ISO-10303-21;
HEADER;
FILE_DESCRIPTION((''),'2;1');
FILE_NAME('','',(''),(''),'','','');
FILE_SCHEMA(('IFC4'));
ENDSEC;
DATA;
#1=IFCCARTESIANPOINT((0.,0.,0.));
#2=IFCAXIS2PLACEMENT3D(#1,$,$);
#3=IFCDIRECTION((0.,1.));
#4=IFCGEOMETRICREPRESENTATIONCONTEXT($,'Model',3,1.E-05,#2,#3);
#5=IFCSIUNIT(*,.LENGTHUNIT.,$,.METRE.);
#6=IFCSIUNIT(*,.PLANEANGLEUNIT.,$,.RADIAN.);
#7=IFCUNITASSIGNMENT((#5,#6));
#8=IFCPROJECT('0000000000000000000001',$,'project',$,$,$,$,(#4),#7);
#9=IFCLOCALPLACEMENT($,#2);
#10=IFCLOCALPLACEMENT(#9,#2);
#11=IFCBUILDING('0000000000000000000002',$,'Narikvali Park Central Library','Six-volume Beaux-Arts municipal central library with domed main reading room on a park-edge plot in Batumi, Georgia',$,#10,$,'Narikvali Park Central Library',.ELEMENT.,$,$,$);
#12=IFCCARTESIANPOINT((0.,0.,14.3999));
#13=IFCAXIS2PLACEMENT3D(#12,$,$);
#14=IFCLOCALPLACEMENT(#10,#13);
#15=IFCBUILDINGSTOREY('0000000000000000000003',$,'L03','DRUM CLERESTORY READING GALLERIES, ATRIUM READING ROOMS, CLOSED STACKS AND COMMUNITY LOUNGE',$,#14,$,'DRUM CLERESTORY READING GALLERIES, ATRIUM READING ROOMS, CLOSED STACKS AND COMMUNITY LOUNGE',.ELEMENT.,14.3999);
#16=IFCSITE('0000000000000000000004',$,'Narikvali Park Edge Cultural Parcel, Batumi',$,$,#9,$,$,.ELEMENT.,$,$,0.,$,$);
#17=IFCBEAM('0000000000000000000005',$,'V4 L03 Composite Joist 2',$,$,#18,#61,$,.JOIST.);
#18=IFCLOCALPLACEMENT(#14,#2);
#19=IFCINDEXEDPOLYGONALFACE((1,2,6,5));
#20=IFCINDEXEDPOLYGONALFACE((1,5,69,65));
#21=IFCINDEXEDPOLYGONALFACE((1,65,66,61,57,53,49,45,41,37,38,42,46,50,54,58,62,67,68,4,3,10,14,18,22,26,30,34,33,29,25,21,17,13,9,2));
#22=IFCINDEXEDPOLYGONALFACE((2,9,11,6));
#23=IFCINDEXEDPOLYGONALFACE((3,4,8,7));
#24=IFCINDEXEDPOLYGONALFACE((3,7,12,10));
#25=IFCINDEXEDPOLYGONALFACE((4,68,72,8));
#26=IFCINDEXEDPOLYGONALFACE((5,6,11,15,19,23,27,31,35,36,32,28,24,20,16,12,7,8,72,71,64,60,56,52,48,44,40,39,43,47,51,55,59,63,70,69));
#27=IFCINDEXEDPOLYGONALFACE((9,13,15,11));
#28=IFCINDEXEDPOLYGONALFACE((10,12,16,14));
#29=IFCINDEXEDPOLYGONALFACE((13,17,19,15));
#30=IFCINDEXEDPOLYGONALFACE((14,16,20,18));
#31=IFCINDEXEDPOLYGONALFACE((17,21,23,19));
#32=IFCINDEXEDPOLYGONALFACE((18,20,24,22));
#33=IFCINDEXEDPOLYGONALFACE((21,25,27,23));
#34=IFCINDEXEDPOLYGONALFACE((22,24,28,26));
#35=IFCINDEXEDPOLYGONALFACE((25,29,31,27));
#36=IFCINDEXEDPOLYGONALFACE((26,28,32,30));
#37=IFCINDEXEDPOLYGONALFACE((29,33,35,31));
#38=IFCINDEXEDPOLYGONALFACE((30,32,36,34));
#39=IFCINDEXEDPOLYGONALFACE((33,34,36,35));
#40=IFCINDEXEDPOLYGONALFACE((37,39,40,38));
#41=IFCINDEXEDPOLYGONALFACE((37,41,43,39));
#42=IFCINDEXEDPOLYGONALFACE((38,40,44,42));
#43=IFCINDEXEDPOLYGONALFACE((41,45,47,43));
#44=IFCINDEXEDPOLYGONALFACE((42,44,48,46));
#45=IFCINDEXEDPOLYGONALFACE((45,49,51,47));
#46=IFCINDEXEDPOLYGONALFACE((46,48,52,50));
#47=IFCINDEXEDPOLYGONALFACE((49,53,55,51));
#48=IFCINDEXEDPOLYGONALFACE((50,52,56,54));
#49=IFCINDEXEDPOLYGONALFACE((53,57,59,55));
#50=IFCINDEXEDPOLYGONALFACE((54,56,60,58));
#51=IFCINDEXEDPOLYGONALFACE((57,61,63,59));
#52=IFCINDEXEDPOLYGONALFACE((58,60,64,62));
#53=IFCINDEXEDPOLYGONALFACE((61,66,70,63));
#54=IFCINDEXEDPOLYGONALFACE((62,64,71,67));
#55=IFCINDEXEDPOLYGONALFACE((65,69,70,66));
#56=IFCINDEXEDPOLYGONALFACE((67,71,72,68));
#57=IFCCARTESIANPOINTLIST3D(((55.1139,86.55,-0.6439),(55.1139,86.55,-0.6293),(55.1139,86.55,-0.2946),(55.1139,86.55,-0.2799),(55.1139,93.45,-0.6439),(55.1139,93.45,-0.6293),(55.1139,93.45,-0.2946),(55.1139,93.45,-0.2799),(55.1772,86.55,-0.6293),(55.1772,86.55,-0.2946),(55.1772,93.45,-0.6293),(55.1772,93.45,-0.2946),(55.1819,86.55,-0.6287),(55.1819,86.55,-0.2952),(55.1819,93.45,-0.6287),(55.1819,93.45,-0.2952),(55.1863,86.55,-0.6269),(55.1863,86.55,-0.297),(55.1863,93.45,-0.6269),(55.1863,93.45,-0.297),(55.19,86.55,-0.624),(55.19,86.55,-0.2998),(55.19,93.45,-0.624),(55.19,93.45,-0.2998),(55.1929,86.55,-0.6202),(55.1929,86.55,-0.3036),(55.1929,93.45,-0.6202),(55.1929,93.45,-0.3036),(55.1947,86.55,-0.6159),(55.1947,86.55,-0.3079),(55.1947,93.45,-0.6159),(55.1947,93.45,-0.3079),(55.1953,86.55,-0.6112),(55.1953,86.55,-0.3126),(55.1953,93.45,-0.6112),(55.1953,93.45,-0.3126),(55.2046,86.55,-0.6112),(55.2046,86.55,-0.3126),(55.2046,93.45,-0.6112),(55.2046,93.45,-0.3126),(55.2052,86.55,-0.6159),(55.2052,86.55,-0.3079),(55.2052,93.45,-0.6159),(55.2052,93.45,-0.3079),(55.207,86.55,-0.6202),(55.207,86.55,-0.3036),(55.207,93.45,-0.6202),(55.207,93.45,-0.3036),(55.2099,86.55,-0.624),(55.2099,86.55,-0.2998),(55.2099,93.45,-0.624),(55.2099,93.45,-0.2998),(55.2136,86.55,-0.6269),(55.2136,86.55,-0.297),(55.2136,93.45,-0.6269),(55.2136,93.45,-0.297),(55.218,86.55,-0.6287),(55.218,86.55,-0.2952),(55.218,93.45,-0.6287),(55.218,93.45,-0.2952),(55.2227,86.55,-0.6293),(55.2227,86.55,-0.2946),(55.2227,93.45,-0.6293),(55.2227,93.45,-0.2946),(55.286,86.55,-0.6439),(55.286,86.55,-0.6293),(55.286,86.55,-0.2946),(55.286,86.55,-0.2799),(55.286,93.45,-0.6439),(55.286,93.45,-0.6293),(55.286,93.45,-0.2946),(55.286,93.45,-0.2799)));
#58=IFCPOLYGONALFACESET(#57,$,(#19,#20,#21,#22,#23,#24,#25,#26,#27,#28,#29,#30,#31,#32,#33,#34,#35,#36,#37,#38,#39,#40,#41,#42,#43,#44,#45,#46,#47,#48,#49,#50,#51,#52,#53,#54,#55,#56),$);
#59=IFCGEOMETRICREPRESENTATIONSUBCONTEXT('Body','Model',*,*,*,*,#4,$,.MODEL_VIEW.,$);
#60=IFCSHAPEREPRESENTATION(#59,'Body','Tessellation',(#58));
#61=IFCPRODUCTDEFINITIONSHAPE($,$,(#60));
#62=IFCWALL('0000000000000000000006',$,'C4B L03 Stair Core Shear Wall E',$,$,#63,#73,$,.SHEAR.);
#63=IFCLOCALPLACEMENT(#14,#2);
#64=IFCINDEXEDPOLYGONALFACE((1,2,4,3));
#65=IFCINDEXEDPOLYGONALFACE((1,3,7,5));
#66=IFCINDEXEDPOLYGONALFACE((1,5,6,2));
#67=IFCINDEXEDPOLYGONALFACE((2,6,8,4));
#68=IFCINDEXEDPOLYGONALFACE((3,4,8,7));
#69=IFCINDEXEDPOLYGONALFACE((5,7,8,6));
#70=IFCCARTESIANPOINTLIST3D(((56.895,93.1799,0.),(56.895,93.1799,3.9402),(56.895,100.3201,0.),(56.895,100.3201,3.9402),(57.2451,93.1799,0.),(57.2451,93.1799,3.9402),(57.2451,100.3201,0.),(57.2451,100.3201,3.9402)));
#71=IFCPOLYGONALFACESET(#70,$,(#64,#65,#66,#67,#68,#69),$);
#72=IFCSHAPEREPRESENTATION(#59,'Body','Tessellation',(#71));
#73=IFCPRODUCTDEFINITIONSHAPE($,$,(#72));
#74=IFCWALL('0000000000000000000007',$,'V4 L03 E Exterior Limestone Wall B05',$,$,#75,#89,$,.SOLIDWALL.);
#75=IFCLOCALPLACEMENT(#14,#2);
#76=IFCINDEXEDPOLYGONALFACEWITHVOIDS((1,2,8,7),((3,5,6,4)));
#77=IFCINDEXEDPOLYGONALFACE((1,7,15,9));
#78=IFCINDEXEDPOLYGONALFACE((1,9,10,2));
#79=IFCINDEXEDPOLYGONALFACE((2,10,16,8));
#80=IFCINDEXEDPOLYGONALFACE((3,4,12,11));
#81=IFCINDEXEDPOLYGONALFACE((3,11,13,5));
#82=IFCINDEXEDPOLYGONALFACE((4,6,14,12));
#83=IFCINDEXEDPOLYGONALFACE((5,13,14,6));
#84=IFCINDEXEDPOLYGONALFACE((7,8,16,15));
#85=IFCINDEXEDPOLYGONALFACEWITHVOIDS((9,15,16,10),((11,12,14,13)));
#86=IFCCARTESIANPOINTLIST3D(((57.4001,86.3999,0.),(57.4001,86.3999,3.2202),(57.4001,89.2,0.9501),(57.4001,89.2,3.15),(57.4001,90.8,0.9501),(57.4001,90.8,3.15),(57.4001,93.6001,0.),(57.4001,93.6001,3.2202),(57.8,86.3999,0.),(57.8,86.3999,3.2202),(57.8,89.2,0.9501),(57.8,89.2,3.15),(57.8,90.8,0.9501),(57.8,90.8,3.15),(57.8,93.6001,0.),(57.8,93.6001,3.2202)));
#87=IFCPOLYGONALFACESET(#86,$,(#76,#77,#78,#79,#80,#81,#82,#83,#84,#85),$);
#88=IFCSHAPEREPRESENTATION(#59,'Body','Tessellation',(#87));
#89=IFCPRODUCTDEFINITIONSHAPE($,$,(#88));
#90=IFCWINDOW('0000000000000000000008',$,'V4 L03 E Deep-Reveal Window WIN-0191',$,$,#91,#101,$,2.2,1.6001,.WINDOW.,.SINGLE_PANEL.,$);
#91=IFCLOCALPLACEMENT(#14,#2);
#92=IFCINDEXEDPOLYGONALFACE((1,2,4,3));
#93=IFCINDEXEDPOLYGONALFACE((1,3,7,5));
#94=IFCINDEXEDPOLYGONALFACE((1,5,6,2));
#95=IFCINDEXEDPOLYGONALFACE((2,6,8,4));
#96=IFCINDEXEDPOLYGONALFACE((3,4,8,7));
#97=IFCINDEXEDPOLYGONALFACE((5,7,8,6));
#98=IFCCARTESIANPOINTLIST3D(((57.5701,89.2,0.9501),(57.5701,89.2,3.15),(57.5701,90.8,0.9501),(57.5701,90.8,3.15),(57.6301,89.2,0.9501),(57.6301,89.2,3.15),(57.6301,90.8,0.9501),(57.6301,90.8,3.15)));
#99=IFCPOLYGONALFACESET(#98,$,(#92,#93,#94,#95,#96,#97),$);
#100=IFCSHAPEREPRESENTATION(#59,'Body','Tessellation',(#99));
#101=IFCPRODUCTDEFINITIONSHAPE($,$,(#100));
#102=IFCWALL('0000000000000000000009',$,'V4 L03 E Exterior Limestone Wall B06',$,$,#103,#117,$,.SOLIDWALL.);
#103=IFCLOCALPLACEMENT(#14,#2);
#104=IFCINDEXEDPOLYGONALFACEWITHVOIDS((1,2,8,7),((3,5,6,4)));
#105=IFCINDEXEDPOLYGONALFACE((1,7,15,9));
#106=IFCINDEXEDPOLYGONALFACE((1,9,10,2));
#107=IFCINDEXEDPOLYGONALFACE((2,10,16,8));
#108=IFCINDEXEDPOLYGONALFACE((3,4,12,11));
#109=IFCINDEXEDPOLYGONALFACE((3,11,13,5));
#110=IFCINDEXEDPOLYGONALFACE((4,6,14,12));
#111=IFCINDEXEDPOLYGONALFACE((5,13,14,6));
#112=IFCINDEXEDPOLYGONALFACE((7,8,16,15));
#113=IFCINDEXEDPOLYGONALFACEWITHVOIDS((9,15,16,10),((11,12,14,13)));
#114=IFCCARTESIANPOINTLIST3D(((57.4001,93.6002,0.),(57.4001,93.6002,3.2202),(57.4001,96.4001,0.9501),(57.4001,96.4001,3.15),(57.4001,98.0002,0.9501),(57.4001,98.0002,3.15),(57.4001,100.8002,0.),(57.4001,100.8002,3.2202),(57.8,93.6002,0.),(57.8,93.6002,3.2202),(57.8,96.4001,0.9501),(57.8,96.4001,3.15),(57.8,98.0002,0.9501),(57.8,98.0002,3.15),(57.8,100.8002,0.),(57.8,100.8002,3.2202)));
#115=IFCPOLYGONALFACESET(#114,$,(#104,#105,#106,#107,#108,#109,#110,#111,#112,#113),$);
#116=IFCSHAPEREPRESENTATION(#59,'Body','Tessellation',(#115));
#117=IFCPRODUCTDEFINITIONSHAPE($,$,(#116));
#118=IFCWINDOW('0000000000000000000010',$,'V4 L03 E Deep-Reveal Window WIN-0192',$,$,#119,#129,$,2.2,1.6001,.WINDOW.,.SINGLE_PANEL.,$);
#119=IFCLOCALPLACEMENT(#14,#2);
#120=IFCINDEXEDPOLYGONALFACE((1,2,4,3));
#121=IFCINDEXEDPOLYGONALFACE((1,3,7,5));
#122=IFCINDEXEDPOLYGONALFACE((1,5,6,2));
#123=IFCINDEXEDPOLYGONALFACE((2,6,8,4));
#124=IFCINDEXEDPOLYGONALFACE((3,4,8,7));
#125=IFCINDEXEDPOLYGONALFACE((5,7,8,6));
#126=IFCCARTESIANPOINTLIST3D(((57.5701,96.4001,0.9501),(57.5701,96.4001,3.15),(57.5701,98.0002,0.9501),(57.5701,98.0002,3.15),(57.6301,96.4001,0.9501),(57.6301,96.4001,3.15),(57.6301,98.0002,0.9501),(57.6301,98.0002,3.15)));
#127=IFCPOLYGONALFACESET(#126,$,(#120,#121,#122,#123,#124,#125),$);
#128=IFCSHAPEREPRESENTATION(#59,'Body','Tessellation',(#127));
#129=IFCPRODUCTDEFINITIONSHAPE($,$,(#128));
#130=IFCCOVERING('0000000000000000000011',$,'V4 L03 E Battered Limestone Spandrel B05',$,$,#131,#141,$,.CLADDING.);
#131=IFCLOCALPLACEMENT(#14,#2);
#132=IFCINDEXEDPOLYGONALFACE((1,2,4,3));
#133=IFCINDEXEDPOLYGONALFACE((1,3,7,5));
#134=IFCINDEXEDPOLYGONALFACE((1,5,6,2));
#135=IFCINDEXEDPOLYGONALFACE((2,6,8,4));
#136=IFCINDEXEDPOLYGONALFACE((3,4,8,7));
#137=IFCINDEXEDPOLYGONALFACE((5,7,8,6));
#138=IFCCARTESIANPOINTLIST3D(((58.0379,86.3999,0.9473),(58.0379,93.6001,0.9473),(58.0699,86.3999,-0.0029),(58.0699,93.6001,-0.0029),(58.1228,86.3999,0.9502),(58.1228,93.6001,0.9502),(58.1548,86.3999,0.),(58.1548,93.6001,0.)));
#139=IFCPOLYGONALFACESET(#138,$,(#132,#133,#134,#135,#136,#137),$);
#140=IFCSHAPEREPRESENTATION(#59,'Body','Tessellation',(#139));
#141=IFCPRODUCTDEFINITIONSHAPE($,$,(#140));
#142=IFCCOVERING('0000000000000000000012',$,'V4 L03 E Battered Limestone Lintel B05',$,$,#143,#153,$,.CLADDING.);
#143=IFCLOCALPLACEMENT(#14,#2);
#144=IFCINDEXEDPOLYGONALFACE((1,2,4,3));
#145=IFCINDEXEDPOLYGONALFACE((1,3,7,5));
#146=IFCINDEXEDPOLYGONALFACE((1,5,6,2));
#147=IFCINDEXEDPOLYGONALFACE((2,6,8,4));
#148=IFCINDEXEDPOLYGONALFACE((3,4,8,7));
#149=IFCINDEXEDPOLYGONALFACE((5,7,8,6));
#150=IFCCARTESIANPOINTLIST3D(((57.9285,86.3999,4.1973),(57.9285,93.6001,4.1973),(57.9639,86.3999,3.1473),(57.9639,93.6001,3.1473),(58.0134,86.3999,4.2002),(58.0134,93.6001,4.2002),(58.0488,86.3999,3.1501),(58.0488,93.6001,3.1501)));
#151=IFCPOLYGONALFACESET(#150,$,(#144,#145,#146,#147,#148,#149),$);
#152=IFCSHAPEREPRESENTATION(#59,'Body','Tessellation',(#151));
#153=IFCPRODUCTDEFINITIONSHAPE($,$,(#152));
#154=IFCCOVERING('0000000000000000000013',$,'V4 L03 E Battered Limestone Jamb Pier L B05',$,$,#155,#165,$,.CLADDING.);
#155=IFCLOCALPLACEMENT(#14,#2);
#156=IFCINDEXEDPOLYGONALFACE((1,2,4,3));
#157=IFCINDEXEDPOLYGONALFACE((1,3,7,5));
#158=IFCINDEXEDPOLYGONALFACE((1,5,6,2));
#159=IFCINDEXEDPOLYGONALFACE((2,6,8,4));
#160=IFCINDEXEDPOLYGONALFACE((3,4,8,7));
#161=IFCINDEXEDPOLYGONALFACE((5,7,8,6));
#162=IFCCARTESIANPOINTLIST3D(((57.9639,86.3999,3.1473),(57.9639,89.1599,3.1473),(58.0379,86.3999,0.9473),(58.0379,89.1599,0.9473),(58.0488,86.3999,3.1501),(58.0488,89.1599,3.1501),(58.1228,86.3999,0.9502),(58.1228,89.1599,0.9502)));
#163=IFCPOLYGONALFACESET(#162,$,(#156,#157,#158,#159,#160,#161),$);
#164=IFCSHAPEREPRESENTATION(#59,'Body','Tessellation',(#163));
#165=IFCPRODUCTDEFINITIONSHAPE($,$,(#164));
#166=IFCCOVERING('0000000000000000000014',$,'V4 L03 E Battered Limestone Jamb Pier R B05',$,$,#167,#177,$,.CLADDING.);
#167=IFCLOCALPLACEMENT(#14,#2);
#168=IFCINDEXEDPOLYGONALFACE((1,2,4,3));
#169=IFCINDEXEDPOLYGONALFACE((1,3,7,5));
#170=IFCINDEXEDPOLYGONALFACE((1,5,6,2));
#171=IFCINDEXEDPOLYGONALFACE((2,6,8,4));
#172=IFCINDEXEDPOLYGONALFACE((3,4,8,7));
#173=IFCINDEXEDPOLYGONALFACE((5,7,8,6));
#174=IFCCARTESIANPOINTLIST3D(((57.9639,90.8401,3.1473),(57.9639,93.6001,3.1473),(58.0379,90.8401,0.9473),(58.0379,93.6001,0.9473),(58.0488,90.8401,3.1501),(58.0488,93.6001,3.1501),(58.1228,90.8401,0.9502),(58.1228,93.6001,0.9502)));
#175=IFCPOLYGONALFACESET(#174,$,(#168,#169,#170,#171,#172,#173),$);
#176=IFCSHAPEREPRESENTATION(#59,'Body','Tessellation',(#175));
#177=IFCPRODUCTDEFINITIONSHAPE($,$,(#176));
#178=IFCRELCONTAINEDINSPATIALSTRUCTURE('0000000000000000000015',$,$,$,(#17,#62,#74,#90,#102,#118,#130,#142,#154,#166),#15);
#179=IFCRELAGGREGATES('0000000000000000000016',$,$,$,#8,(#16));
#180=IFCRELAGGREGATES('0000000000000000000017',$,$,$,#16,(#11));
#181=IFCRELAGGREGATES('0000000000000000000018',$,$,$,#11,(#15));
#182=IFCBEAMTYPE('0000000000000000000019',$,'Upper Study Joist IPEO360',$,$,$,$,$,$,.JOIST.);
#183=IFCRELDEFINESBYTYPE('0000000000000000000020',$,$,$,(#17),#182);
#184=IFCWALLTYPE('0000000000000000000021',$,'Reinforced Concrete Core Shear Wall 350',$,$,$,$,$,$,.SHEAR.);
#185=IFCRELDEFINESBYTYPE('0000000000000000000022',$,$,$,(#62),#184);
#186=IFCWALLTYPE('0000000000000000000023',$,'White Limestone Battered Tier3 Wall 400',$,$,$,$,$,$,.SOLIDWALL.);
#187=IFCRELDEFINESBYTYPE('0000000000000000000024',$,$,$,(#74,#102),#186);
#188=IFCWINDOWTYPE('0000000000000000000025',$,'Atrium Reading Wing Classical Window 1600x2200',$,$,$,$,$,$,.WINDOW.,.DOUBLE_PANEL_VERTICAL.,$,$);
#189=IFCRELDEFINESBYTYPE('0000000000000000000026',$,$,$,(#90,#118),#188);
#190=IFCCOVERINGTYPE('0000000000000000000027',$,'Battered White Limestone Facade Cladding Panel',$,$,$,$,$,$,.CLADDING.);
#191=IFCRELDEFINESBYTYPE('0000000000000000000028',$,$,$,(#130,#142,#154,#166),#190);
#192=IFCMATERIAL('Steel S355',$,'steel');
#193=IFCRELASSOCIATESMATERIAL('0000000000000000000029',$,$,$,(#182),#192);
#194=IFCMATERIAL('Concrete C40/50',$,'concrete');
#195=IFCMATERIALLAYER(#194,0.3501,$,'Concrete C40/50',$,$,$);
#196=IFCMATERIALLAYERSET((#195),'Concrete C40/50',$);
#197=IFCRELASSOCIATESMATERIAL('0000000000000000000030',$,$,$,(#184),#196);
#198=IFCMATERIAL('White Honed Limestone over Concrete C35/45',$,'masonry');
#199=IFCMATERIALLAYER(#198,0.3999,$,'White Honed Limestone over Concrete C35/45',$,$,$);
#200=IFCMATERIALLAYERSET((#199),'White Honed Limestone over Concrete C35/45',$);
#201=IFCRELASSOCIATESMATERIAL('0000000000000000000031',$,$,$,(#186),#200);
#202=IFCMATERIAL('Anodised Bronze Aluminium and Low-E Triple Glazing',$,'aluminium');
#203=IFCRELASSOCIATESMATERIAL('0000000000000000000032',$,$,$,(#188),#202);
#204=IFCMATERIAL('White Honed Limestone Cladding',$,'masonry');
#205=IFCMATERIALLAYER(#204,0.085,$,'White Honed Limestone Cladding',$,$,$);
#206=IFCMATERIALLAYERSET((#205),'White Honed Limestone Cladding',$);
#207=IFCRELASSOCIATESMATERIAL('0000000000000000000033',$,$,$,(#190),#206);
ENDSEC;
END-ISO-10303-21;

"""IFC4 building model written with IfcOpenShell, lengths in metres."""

from ifc_helpers import new_model, si_unit, direction, frame, frame_2d, origin, origin_2d, place, context, subcontext, project, spatial, polyline, rectangle, i_section, outline, extrude, material, layer, layer_set, material_profile, profile_set, type_object, element, fill, save


model = new_model("IFC4")

# Units and contexts
model_context = context("Model", 3, precision=1e-05, world=origin(), true_north=direction((0.0, 1.0)))
body_context = subcontext(model_context, "Body", "Model", "MODEL_VIEW")
ifc_project = project(units=[si_unit("LENGTHUNIT", "METRE"), si_unit("PLANEANGLEUNIT", "RADIAN")], contexts=[model_context])

# Site, building, storey
site_placement = place(None, origin())
site = spatial("IfcSite", under=ifc_project, at=site_placement, Name="Narikvali Park Edge Cultural Parcel, Batumi", CompositionType="ELEMENT", RefElevation=0.0)
building_placement = place(site_placement, origin())
building = spatial("IfcBuilding", under=site, at=building_placement, Name="Narikvali Park Central Library", Description="Six-volume Beaux-Arts municipal central library with domed main reading room on a park-edge plot in Batumi, Georgia", LongName="Narikvali Park Central Library", CompositionType="ELEMENT")
storey_placement = place(building_placement, frame((0.0, 0.0, 14.3999)))
storey = spatial("IfcBuildingStorey", under=building, at=storey_placement, Name="L03", Description="DRUM CLERESTORY READING GALLERIES, ATRIUM READING ROOMS, CLOSED STACKS AND COMMUNITY LOUNGE", LongName="DRUM CLERESTORY READING GALLERIES, ATRIUM READING ROOMS, CLOSED STACKS AND COMMUNITY LOUNGE", CompositionType="ELEMENT", Elevation=14.3999)

# Shared definitions
ifc_material_1 = material(Name="Steel S355", Category="steel")

# Beam
ifc_material_profile_1 = material_profile(ifc_material_1, i_section(OverallWidth=0.1721, OverallDepth=0.364, WebThickness=0.0093, FlangeThickness=0.0146, FilletRadius=0.0181, at=origin_2d()), Name="IPEO 360")
ifc_profile_set_1 = profile_set([ifc_material_profile_1], Name="Steel S355")
beam_type_1 = type_object("IfcBeamType", Name="Upper Study Joist IPEO360", PredefinedType="JOIST", material=ifc_profile_set_1)
for number, where, z_axis, x_axis, name in (
    (1, (55.2, 86.55, -0.4619), (0.0, 1.0, 0.0), (-1.0, 0.0, 0.0), "V4 L03 Composite Joist 2"),
):
    element("IfcBeam", number, at=place(storey_placement, frame(where, z_axis=z_axis, x_axis=x_axis)), inside=storey, type_object=beam_type_1, Name=name, PredefinedType="JOIST", context=body_context, shape_type="SweptSolid", body=[
        extrude(i_section(OverallWidth=0.1721, OverallDepth=0.364, WebThickness=0.0093, FlangeThickness=0.0146, FilletRadius=0.0181, at=origin_2d()), origin(), (0.0, 0.0, 1.0), 6.8999),
    ])

# Shared definitions
ifc_material_2 = material(Name="Concrete C40/50", Category="concrete")
ifc_layer_1 = layer(ifc_material_2, 0.3501, Name="Concrete C40/50")
ifc_layer_set_1 = layer_set([ifc_layer_1], Name="Concrete C40/50")
wall_type_1 = type_object("IfcWallType", Name="Reinforced Concrete Core Shear Wall 350", PredefinedType="SHEAR", material=ifc_layer_set_1)

# Wall
wall_1_placement = place(storey_placement, frame((57.0701, 93.1799, 0.0), z_axis=(0.0, 0.0, 1.0), x_axis=(0.0, 1.0, 0.0)))
element("IfcWall", 2, at=wall_1_placement, inside=storey, type_object=wall_type_1, Name="C4B L03 Stair Core Shear Wall E", PredefinedType="SHEAR", context=body_context, shape_type="SweptSolid", body=[
    extrude(rectangle(XDim=7.1401, YDim=0.3501, at=frame_2d((3.5701, 0.0))), origin(), (0.0, 0.0, 1.0), 3.9402),
])

# Walls, openings, windows
ifc_material_3 = material(Name="White Honed Limestone over Concrete C35/45", Category="masonry")
ifc_layer_2 = layer(ifc_material_3, 0.3999, Name="White Honed Limestone over Concrete C35/45")
ifc_layer_set_2 = layer_set([ifc_layer_2], Name="White Honed Limestone over Concrete C35/45")
wall_type_2 = type_object("IfcWallType", Name="White Limestone Battered Tier3 Wall 400", PredefinedType="SOLIDWALL", material=ifc_layer_set_2)
wall_2_placement = place(storey_placement, frame((57.6001, 86.3999, 0.0), z_axis=(0.0, 0.0, 1.0), x_axis=(0.0, 1.0, 0.0)))
wall_2 = element("IfcWall", 3, at=wall_2_placement, inside=storey, type_object=wall_type_2, Name="V4 L03 E Exterior Limestone Wall B05", PredefinedType="SOLIDWALL", context=body_context, shape_type="SweptSolid", body=[
    extrude(rectangle(XDim=7.2002, YDim=0.3999, at=frame_2d((3.6001, 0.0))), origin(), (0.0, 0.0, 1.0), 3.2202),
])
opening_1_placement = place(wall_2_placement, frame((2.8, 0.0, 0.95)))
opening_1 = element("IfcOpeningElement", 4, at=opening_1_placement, cuts=wall_2, PredefinedType="OPENING", context=body_context, shape_type="SweptSolid", body=[
    extrude(rectangle(XDim=1.6001, YDim=2.2, at=frame_2d((0.8, 1.1001))), frame((0.0, 0.2119, 0.0), z_axis=(0.0, -1.0, 0.0), x_axis=(1.0, 0.0, 0.0)), (0.0, 0.0, 1.0), 0.4238),
])
ifc_material_4 = material(Name="Anodised Bronze Aluminium and Low-E Triple Glazing", Category="aluminium")
window_type = type_object("IfcWindowType", Name="Atrium Reading Wing Classical Window 1600x2200", PartitioningType="DOUBLE_PANEL_VERTICAL", PredefinedType="WINDOW", material=ifc_material_4)
window_1_placement = place(opening_1_placement, origin())
window_1 = element("IfcWindow", 5, at=window_1_placement, inside=storey, type_object=window_type, Name="V4 L03 E Deep-Reveal Window WIN-0191", OverallHeight=2.2, OverallWidth=1.6001, PartitioningType="SINGLE_PANEL", PredefinedType="WINDOW", context=body_context, shape_type="SweptSolid", body=[
    extrude(rectangle(XDim=1.6001, YDim=2.2, at=frame_2d((0.8, 1.1001))), frame((0.0, 0.03, 0.0), z_axis=(0.0, -1.0, 0.0), x_axis=(1.0, 0.0, 0.0)), (0.0, 0.0, 1.0), 0.0601),
])
fill(opening_1, window_1)
wall_3_placement = place(storey_placement, frame((57.6001, 93.6001, 0.0), z_axis=(0.0, 0.0, 1.0), x_axis=(0.0, 1.0, 0.0)))
wall_3 = element("IfcWall", 6, at=wall_3_placement, inside=storey, type_object=wall_type_2, Name="V4 L03 E Exterior Limestone Wall B06", PredefinedType="SOLIDWALL", context=body_context, shape_type="SweptSolid", body=[
    extrude(rectangle(XDim=7.2, YDim=0.3999, at=frame_2d((3.6001, 0.0))), origin(), (0.0, 0.0, 1.0), 3.2202),
])
opening_2_placement = place(wall_3_placement, frame((2.8, 0.0, 0.95)))
opening_2 = element("IfcOpeningElement", 7, at=opening_2_placement, cuts=wall_3, PredefinedType="OPENING", context=body_context, shape_type="SweptSolid", body=[
    extrude(rectangle(XDim=1.6001, YDim=2.2, at=frame_2d((0.8, 1.1001))), frame((0.0, 0.2119, 0.0), z_axis=(0.0, -1.0, 0.0), x_axis=(1.0, 0.0, 0.0)), (0.0, 0.0, 1.0), 0.4238),
])
window_2_placement = place(opening_2_placement, origin())
window_2 = element("IfcWindow", 8, at=window_2_placement, inside=storey, type_object=window_type, Name="V4 L03 E Deep-Reveal Window WIN-0192", OverallHeight=2.2, OverallWidth=1.6001, PartitioningType="SINGLE_PANEL", PredefinedType="WINDOW", context=body_context, shape_type="SweptSolid", body=[
    extrude(rectangle(XDim=1.6001, YDim=2.2, at=frame_2d((0.8, 1.1001))), frame((0.0, 0.03, 0.0), z_axis=(0.0, -1.0, 0.0), x_axis=(1.0, 0.0, 0.0)), (0.0, 0.0, 1.0), 0.0601),
])
fill(opening_2, window_2)

# Coverings
ifc_material_5 = material(Name="White Honed Limestone Cladding", Category="masonry")
ifc_layer_3 = layer(ifc_material_5, 0.085, Name="White Honed Limestone Cladding")
ifc_layer_set_3 = layer_set([ifc_layer_3], Name="White Honed Limestone Cladding")
covering_type = type_object("IfcCoveringType", Name="Battered White Limestone Facade Cladding Panel", PredefinedType="CLADDING", material=ifc_layer_set_3)
covering_1_placement = place(storey_placement, frame((58.1548, 86.3999, 0.0), z_axis=(0.999434, 0.0, 0.03364), x_axis=(0.0, 1.0, 0.0)))
element("IfcCovering", 9, at=covering_1_placement, inside=storey, type_object=covering_type, Name="V4 L03 E Battered Limestone Spandrel B05", PredefinedType="CLADDING", context=body_context, shape_type="SweptSolid", body=[
    extrude(outline(polyline([(0.0, 0.0), (7.2002, 0.0), (7.2002, 0.9507), (0.0, 0.9507), (0.0, 0.0)])), origin(), (0.0, 0.0, -1.0), 0.085),
])
covering_2_placement = place(storey_placement, frame((58.0488, 86.3999, 3.1501), z_axis=(0.999432, 0.0, 0.033694), x_axis=(0.0, 1.0, 0.0)))
element("IfcCovering", 10, at=covering_2_placement, inside=storey, type_object=covering_type, Name="V4 L03 E Battered Limestone Lintel B05", PredefinedType="CLADDING", context=body_context, shape_type="SweptSolid", body=[
    extrude(outline(polyline([(0.0, 0.0), (7.2002, 0.0), (7.2002, 1.0506), (0.0, 1.0506), (0.0, 0.0)])), origin(), (0.0, 0.0, -1.0), 0.085),
])
for number, where, z_axis, x_axis, name in (
    (11, (58.1228, 86.3999, 0.9502), (0.999435, 0.0, 0.033607), (0.0, 1.0, 0.0), "V4 L03 E Battered Limestone Jamb Pier L B05"),
    (12, (58.1228, 90.8401, 0.9502), (0.999435, 0.0, 0.033607), (0.0, 1.0, 0.0), "V4 L03 E Battered Limestone Jamb Pier R B05"),
):
    element("IfcCovering", number, at=place(storey_placement, frame(where, z_axis=z_axis, x_axis=x_axis)), inside=storey, type_object=covering_type, Name=name, PredefinedType="CLADDING", context=body_context, shape_type="SweptSolid", body=[
        extrude(outline(polyline([(0.0, 0.0), (2.76, 0.0), (2.76, 2.2012), (0.0, 2.2012), (0.0, 0.0)])), origin(), (0.0, 0.0, -1.0), 0.085),
    ])

save(model, "model.ifc")
